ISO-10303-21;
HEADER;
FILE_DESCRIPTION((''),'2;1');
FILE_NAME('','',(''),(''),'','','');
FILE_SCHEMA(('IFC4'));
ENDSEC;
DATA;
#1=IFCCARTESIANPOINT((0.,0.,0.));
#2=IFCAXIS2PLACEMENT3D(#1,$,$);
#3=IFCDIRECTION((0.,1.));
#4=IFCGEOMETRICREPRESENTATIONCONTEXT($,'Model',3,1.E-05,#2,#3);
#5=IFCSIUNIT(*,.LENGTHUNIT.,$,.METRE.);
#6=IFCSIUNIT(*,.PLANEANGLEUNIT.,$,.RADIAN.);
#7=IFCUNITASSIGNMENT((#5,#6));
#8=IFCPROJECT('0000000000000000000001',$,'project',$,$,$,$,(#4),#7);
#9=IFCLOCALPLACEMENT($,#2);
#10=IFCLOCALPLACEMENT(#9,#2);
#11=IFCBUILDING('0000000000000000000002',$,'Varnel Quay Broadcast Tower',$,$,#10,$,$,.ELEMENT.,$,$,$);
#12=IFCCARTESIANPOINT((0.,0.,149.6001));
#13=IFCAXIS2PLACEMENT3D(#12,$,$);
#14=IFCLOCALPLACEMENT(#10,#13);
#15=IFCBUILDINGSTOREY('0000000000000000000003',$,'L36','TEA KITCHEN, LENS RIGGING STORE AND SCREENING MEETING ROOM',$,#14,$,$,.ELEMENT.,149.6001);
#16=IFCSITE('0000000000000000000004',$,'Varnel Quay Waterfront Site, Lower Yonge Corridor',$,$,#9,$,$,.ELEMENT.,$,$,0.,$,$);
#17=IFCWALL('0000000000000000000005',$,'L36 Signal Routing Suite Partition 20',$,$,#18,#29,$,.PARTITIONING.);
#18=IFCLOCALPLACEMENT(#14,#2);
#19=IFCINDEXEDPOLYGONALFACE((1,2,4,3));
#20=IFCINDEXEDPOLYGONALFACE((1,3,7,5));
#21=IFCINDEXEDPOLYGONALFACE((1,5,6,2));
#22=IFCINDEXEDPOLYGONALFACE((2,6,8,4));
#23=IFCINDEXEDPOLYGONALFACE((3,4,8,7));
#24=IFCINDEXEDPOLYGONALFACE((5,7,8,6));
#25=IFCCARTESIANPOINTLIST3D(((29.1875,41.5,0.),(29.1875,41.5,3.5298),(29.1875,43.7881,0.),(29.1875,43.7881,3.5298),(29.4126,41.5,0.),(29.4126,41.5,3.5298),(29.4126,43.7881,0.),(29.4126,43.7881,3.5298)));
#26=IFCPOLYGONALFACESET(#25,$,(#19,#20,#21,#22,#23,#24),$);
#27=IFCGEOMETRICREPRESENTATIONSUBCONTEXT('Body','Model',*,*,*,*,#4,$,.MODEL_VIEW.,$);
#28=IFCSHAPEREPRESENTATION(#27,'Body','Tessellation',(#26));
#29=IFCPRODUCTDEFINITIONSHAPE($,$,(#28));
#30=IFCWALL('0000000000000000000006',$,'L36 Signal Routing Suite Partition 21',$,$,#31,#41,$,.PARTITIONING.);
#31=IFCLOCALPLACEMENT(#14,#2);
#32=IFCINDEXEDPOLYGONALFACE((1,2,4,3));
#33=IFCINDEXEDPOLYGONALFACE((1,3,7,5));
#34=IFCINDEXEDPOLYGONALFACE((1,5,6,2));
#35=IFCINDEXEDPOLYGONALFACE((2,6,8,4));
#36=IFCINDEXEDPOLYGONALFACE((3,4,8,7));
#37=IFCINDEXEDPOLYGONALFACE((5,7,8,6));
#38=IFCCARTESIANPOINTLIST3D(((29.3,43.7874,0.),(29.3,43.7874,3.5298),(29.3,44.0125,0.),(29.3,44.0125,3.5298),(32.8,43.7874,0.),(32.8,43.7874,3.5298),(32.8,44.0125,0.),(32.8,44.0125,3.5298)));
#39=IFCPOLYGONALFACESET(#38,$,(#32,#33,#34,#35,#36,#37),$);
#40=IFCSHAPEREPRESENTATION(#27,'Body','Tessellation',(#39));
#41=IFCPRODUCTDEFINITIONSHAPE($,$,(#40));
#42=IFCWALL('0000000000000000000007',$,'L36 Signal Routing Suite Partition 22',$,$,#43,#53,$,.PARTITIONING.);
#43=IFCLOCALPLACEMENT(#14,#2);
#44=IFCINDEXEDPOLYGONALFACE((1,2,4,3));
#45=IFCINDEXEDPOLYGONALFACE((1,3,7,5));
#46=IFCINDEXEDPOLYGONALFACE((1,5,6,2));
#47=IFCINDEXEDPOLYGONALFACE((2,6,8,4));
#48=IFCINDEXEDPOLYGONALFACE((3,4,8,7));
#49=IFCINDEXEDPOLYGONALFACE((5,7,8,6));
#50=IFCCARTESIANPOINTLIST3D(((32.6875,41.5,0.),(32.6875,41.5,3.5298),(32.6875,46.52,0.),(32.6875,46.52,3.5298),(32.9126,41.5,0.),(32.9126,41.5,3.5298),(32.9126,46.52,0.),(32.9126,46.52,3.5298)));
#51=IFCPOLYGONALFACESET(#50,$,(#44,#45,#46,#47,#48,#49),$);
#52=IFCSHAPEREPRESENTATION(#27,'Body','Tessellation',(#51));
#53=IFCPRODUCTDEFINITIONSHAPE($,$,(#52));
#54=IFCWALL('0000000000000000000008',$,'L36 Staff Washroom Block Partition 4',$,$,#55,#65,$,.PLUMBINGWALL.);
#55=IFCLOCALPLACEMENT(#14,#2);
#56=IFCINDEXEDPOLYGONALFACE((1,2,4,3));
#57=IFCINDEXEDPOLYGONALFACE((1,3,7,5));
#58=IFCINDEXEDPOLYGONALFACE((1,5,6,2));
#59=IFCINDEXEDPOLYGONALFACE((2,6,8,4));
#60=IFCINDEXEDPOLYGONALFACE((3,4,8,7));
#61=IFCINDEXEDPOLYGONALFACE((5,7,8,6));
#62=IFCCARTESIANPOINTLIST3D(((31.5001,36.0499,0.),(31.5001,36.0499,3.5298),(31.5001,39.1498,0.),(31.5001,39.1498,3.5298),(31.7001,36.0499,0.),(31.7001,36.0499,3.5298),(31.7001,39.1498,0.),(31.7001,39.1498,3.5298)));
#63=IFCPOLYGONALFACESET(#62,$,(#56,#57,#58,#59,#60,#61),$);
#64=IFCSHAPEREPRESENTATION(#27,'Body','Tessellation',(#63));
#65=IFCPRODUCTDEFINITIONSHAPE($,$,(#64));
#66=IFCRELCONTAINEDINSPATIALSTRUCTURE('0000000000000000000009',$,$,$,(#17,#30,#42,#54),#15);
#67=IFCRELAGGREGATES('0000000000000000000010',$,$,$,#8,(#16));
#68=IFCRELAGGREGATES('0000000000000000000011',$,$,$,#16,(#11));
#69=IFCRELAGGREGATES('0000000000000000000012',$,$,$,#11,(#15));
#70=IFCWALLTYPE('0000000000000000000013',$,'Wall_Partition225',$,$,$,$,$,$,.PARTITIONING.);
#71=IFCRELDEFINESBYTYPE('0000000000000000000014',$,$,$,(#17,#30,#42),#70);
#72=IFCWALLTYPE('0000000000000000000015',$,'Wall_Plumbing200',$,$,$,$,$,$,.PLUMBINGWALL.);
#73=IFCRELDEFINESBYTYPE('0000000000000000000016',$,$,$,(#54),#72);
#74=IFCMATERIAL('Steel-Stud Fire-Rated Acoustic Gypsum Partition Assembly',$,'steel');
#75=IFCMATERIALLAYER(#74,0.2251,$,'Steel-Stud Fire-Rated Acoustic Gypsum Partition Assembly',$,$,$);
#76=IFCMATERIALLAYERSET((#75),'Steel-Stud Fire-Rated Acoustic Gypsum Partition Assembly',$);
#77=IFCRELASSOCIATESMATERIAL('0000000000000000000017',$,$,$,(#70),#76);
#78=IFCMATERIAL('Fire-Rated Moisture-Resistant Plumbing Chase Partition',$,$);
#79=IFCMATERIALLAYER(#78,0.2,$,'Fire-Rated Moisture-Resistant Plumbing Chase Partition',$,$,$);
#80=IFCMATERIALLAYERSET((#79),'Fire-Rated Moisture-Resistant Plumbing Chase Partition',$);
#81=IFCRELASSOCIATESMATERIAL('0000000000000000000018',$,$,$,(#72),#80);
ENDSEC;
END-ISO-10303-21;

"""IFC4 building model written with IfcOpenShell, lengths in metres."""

from ifc_helpers import new_model, si_unit, direction, frame, frame_2d, origin, place, context, subcontext, project, spatial, rectangle, extrude, material, layer, layer_set, type_object, element, save


model = new_model("IFC4")

# Units and contexts
model_context = context("Model", 3, precision=1e-05, world=origin(), true_north=direction((0.0, 1.0)))
body_context = subcontext(model_context, "Body", "Model", "MODEL_VIEW")
ifc_project = project(units=[si_unit("LENGTHUNIT", "METRE"), si_unit("PLANEANGLEUNIT", "RADIAN")], contexts=[model_context])

# Site, building, storey
site_placement = place(None, origin())
site = spatial("IfcSite", under=ifc_project, at=site_placement, Name="Varnel Quay Waterfront Site, Lower Yonge Corridor", CompositionType="ELEMENT", RefElevation=0.0)
building_placement = place(site_placement, origin())
building = spatial("IfcBuilding", under=site, at=building_placement, Name="Varnel Quay Broadcast Tower", CompositionType="ELEMENT")
storey_placement = place(building_placement, frame((0.0, 0.0, 149.6001)))
storey = spatial("IfcBuildingStorey", under=building, at=storey_placement, Name="L36", Description="TEA KITCHEN, LENS RIGGING STORE AND SCREENING MEETING ROOM", CompositionType="ELEMENT", Elevation=149.6001)

# Shared definitions
ifc_material_1 = material(Name="Steel-Stud Fire-Rated Acoustic Gypsum Partition Assembly", Category="steel")

# Walls
ifc_layer_1 = layer(ifc_material_1, 0.2251, Name="Steel-Stud Fire-Rated Acoustic Gypsum Partition Assembly")
ifc_layer_set_1 = layer_set([ifc_layer_1], Name="Steel-Stud Fire-Rated Acoustic Gypsum Partition Assembly")
wall_type_1 = type_object("IfcWallType", Name="Wall_Partition225", PredefinedType="PARTITIONING", material=ifc_layer_set_1)
wall_1_placement = place(storey_placement, frame((29.3, 41.5, 0.0), z_axis=(0.0, 0.0, 1.0), x_axis=(0.0, 1.0, 0.0)))
element("IfcWall", 1, at=wall_1_placement, inside=storey, type_object=wall_type_1, Name="L36 Signal Routing Suite Partition 20", PredefinedType="PARTITIONING", context=body_context, shape_type="SweptSolid", body=[
    extrude(rectangle(XDim=2.2881, YDim=0.2251, at=frame_2d((1.144, 0.0))), origin(), (0.0, 0.0, 1.0), 3.5298),
])
wall_2_placement = place(storey_placement, frame((29.3, 43.8999, 0.0), z_axis=(0.0, 0.0, 1.0), x_axis=(1.0, 0.0, 0.0)))
element("IfcWall", 2, at=wall_2_placement, inside=storey, type_object=wall_type_1, Name="L36 Signal Routing Suite Partition 21", PredefinedType="PARTITIONING", context=body_context, shape_type="SweptSolid", body=[
    extrude(rectangle(XDim=3.5, YDim=0.2251, at=frame_2d((1.75, 0.0))), origin(), (0.0, 0.0, 1.0), 3.5298),
])
wall_3_placement = place(storey_placement, frame((32.8, 41.5, 0.0), z_axis=(0.0, 0.0, 1.0), x_axis=(0.0, 1.0, 0.0)))
element("IfcWall", 3, at=wall_3_placement, inside=storey, type_object=wall_type_1, Name="L36 Signal Routing Suite Partition 22", PredefinedType="PARTITIONING", context=body_context, shape_type="SweptSolid", body=[
    extrude(rectangle(XDim=5.02, YDim=0.2251, at=frame_2d((2.51, 0.0))), origin(), (0.0, 0.0, 1.0), 3.5298),
])
ifc_material_2 = material(Name="Fire-Rated Moisture-Resistant Plumbing Chase Partition")
ifc_layer_2 = layer(ifc_material_2, 0.2, Name="Fire-Rated Moisture-Resistant Plumbing Chase Partition")
ifc_layer_set_2 = layer_set([ifc_layer_2], Name="Fire-Rated Moisture-Resistant Plumbing Chase Partition")
wall_type_2 = type_object("IfcWallType", Name="Wall_Plumbing200", PredefinedType="PLUMBINGWALL", material=ifc_layer_set_2)
wall_4_placement = place(storey_placement, frame((31.6001, 36.05, 0.0), z_axis=(0.0, 0.0, 1.0), x_axis=(0.0, 1.0, 0.0)))
element("IfcWall", 4, at=wall_4_placement, inside=storey, type_object=wall_type_2, Name="L36 Staff Washroom Block Partition 4", PredefinedType="PLUMBINGWALL", context=body_context, shape_type="SweptSolid", body=[
    extrude(rectangle(XDim=3.0999, YDim=0.2, at=frame_2d((1.5498, 0.0))), origin(), (0.0, 0.0, 1.0), 3.5298),
])

save(model, "model.ifc")
